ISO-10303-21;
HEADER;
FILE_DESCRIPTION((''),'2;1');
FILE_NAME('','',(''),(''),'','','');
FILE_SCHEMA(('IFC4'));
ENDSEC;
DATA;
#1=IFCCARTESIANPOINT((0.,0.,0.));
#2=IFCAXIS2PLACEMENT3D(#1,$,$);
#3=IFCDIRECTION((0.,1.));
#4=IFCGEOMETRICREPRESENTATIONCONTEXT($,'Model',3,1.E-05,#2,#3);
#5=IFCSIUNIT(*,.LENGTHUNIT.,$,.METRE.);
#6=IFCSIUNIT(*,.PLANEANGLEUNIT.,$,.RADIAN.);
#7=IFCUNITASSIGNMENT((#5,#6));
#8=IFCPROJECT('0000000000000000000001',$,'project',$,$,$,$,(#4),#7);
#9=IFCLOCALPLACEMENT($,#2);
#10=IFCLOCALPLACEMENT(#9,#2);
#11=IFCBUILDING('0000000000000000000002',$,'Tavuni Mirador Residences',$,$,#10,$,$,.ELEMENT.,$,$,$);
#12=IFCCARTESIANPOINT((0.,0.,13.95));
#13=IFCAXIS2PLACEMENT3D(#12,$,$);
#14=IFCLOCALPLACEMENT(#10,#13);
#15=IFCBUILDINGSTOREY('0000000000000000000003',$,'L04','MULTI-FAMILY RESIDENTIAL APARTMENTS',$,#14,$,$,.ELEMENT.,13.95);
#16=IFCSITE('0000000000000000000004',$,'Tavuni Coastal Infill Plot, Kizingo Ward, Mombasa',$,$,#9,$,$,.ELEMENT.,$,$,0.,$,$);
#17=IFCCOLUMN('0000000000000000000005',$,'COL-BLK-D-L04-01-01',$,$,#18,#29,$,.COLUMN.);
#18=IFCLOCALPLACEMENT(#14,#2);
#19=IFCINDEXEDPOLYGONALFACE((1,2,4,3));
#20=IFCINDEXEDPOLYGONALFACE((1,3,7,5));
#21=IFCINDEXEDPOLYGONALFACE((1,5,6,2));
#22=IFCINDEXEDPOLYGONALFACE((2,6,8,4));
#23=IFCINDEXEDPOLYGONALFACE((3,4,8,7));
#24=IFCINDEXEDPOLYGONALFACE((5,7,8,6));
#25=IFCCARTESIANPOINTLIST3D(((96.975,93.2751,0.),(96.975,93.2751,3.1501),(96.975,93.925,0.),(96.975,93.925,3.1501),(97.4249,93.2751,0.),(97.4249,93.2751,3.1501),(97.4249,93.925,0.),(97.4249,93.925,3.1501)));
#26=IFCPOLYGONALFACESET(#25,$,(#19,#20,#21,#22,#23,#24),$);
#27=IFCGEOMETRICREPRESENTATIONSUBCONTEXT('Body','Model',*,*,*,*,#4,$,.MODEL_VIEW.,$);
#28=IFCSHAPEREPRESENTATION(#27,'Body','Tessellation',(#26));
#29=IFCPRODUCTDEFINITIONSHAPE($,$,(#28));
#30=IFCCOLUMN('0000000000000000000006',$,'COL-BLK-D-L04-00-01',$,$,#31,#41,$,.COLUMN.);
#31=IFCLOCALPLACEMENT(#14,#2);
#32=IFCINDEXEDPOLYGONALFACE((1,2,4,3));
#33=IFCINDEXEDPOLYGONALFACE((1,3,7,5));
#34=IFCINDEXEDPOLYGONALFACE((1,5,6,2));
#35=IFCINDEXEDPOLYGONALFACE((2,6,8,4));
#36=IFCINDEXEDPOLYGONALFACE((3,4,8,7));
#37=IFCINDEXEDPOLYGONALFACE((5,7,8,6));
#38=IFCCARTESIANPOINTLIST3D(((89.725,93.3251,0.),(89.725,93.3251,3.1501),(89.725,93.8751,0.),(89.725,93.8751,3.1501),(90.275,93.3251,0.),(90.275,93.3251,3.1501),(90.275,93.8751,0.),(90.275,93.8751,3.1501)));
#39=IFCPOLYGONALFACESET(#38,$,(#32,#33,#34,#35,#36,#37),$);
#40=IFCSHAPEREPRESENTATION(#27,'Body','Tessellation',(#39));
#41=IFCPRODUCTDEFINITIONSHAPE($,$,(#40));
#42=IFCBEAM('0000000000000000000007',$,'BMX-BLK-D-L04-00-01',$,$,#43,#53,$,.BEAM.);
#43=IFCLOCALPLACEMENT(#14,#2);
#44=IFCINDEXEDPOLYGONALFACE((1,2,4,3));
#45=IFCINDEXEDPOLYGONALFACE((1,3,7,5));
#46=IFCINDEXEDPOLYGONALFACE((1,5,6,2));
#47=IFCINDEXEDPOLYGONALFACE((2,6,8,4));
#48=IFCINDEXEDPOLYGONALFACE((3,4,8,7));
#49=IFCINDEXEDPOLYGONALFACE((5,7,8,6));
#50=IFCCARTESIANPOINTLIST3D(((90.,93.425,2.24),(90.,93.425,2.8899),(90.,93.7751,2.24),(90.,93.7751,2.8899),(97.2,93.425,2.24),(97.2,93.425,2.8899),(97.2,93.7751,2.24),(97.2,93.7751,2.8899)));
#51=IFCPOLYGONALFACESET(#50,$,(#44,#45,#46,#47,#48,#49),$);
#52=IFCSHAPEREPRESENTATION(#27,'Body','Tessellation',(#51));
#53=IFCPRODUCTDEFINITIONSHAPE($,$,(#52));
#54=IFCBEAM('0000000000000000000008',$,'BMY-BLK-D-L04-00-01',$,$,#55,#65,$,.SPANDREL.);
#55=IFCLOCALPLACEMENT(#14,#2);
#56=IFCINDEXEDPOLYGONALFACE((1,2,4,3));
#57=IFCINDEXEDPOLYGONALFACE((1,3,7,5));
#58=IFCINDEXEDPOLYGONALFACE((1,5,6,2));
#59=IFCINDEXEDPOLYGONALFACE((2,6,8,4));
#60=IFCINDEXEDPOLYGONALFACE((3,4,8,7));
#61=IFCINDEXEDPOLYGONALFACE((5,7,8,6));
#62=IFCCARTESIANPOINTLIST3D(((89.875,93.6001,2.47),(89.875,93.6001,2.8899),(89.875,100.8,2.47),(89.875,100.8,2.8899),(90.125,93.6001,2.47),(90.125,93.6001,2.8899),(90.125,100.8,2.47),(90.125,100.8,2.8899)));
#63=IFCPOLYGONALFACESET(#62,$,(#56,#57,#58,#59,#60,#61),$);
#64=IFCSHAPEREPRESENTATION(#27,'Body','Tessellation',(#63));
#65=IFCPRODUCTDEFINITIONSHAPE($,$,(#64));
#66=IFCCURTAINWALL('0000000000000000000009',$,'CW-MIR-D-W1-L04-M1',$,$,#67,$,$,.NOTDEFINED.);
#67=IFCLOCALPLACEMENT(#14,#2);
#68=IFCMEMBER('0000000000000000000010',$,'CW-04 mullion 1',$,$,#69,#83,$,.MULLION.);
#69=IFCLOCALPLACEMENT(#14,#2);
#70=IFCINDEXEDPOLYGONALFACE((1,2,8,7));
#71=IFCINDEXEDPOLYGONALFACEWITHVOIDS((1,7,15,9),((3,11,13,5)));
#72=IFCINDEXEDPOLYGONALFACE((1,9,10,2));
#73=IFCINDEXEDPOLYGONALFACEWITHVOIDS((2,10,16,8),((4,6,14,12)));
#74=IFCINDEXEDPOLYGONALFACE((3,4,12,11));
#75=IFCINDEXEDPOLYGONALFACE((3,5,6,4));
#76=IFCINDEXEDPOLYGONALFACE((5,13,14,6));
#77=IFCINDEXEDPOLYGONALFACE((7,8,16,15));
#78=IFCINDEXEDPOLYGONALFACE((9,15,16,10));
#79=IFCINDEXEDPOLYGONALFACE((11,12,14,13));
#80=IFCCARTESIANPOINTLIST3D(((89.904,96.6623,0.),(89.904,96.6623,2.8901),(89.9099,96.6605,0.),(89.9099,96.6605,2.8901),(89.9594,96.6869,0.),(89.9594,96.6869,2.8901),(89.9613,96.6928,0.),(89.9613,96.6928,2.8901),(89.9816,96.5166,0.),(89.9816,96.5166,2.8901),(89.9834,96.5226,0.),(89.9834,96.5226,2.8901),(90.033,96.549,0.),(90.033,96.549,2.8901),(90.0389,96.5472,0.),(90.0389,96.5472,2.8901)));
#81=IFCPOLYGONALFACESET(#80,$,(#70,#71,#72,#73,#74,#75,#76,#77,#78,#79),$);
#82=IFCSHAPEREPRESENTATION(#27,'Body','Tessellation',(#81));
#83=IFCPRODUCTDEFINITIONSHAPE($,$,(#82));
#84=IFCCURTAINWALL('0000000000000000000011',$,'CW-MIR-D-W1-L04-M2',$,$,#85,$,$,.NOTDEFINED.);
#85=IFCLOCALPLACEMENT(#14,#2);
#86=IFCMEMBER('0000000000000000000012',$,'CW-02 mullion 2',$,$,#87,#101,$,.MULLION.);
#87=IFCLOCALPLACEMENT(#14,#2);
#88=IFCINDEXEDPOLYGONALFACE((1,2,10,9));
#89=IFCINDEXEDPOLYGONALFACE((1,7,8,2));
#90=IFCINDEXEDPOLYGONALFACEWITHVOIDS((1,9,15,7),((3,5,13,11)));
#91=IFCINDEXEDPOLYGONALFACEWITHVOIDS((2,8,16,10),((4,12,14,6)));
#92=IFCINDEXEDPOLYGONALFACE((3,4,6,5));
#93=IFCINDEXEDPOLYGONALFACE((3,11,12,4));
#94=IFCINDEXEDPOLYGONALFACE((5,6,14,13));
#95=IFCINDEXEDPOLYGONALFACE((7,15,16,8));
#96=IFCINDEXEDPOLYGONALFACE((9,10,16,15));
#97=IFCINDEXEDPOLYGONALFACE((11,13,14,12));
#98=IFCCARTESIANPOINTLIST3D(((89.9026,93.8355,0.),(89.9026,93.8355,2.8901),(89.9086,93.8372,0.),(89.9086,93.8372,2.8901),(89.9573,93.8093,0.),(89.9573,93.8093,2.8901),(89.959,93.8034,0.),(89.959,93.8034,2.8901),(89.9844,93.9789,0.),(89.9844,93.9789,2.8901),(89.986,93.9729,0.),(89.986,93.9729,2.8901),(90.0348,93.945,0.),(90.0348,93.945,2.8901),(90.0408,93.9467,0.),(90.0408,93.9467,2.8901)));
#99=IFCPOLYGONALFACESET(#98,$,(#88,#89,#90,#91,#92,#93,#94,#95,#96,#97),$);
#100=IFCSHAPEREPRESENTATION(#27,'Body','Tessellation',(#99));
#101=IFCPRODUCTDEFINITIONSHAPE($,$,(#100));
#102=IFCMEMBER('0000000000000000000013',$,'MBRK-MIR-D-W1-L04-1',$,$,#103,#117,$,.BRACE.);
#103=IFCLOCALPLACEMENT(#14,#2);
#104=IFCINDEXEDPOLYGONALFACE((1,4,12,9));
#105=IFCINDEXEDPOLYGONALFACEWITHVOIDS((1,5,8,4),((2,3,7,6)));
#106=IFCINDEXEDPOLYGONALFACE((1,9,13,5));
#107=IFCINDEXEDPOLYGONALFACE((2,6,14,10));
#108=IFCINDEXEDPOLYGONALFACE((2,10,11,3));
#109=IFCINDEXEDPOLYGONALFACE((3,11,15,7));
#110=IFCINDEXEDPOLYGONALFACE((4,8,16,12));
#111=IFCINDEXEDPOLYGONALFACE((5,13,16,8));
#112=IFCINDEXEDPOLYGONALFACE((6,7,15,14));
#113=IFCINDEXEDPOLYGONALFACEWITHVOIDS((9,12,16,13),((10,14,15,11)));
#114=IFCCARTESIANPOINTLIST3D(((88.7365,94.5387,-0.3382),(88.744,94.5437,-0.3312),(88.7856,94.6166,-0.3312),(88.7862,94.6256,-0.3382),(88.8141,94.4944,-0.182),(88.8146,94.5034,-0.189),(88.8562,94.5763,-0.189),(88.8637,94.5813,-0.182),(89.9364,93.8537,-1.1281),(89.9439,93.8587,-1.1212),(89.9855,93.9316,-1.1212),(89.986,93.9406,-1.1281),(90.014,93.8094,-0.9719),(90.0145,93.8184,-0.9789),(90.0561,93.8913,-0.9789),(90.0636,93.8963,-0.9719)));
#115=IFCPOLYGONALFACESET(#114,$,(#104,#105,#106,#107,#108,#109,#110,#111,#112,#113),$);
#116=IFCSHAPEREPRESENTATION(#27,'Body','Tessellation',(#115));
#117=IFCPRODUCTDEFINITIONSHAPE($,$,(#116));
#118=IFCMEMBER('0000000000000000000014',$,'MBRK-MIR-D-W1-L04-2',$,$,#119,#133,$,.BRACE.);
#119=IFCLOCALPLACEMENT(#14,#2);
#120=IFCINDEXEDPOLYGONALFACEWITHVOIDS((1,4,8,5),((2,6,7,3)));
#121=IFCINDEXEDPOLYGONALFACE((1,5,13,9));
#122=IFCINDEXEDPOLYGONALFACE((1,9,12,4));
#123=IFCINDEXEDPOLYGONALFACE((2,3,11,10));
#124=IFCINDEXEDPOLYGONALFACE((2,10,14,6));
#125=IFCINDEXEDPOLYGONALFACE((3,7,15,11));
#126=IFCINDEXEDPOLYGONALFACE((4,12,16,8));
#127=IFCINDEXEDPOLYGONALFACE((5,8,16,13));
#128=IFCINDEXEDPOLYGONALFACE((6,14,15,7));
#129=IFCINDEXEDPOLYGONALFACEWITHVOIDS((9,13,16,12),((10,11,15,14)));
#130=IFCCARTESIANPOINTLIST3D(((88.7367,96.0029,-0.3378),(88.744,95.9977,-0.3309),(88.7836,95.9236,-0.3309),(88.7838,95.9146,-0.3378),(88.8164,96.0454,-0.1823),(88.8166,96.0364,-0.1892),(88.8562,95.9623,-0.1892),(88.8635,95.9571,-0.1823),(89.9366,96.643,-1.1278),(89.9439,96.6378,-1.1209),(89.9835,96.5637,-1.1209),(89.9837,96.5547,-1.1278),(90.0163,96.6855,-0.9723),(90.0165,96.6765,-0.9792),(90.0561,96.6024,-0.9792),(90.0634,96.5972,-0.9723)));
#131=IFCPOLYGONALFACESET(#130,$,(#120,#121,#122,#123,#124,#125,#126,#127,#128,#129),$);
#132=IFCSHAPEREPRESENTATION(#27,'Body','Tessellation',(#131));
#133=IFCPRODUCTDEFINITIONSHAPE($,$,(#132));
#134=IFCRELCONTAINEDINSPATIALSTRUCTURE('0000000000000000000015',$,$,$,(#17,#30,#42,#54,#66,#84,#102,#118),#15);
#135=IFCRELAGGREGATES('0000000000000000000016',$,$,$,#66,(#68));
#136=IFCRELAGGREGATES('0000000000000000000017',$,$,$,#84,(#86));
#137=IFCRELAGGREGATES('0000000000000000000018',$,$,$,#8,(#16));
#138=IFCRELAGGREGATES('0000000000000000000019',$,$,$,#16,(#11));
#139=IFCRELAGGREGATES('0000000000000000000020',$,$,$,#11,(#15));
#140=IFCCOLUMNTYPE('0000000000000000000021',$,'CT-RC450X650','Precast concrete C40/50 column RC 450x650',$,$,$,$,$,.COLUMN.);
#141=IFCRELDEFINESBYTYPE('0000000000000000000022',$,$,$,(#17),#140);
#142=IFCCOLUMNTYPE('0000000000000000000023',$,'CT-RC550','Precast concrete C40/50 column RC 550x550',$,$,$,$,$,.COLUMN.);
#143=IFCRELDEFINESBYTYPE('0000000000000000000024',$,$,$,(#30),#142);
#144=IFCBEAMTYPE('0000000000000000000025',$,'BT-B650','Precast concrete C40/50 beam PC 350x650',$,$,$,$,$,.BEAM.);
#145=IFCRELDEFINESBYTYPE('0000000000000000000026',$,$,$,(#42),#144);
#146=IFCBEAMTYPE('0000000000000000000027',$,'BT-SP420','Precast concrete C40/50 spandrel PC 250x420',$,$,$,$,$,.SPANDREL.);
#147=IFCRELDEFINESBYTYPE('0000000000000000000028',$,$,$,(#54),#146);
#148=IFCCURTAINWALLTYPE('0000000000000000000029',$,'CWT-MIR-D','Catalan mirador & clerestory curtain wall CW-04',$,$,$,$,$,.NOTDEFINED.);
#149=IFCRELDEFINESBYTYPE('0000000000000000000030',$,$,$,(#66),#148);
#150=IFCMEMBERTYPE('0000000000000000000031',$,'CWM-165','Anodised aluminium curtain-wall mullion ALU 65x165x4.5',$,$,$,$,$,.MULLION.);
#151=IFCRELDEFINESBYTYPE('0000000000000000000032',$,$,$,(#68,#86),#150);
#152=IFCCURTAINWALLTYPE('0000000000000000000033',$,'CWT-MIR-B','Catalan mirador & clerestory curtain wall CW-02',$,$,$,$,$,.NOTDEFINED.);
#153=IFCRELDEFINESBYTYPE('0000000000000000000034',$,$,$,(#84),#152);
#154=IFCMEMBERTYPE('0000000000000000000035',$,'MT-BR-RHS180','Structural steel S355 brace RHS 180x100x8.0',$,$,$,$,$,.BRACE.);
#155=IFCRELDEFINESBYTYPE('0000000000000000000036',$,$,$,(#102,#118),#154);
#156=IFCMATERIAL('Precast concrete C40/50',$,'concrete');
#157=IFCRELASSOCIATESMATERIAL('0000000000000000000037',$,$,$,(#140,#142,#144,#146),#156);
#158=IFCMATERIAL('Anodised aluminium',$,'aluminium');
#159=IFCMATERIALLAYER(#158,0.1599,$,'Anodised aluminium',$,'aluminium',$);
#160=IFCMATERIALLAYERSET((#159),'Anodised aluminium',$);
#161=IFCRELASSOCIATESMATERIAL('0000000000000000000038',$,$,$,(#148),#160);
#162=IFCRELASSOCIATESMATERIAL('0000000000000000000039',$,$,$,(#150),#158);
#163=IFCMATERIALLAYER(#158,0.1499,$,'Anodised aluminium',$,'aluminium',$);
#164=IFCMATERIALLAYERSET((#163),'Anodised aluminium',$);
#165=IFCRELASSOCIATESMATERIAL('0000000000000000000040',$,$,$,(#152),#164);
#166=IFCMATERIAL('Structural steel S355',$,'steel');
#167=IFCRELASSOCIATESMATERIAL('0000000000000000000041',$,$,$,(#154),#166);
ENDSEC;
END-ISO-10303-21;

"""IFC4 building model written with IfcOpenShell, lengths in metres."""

from ifc_helpers import new_model, si_unit, direction, frame, origin, origin_2d, place, context, subcontext, project, spatial, rectangle, hollow_rectangle, extrude, material, layer, layer_set, material_profile, profile_set, type_object, element, aggregate, save


model = new_model("IFC4")

# Units and contexts
model_context = context("Model", 3, precision=1e-05, world=origin(), true_north=direction((0.0, 1.0)))
body_context = subcontext(model_context, "Body", "Model", "MODEL_VIEW")
ifc_project = project(units=[si_unit("LENGTHUNIT", "METRE"), si_unit("PLANEANGLEUNIT", "RADIAN")], contexts=[model_context])

# Site, building, storey
site_placement = place(None, origin())
site = spatial("IfcSite", under=ifc_project, at=site_placement, Name="Tavuni Coastal Infill Plot, Kizingo Ward, Mombasa", CompositionType="ELEMENT", RefElevation=0.0)
building_placement = place(site_placement, origin())
building = spatial("IfcBuilding", under=site, at=building_placement, Name="Tavuni Mirador Residences", CompositionType="ELEMENT")
storey_placement = place(building_placement, frame((0.0, 0.0, 13.95)))
storey = spatial("IfcBuildingStorey", under=building, at=storey_placement, Name="L04", Description="MULTI-FAMILY RESIDENTIAL APARTMENTS", CompositionType="ELEMENT", Elevation=13.95)

# Columns
ifc_material_1 = material(Name="Precast concrete C40/50", Category="concrete")
ifc_material_profile_1 = material_profile(ifc_material_1, rectangle(XDim=0.45, YDim=0.6499, at=origin_2d()), Name="RC 450x650", Category="concrete")
ifc_profile_set_1 = profile_set([ifc_material_profile_1], Name="Precast concrete C40/50")
column_type_1 = type_object("IfcColumnType", Name="CT-RC450X650", Description="Precast concrete C40/50 column RC 450x650", PredefinedType="COLUMN", material=ifc_profile_set_1)
column_1_placement = place(storey_placement, frame((97.2, 93.6001, 0.0), z_axis=(0.0, 0.0, 1.0), x_axis=(1.0, 0.0, 0.0)))
element("IfcColumn", 1, at=column_1_placement, inside=storey, type_object=column_type_1, Name="COL-BLK-D-L04-01-01", PredefinedType="COLUMN", context=body_context, shape_type="SweptSolid", body=[
    extrude(rectangle(XDim=0.45, YDim=0.6499, at=origin_2d()), origin(), (0.0, 0.0, 1.0), 3.1501),
])
ifc_material_profile_2 = material_profile(ifc_material_1, rectangle(XDim=0.55, YDim=0.55, at=origin_2d()), Name="RC 550x550", Category="concrete")
ifc_profile_set_2 = profile_set([ifc_material_profile_2], Name="Precast concrete C40/50")
column_type_2 = type_object("IfcColumnType", Name="CT-RC550", Description="Precast concrete C40/50 column RC 550x550", PredefinedType="COLUMN", material=ifc_profile_set_2)
column_2_placement = place(storey_placement, frame((90.0, 93.6001, 0.0), z_axis=(0.0, 0.0, 1.0), x_axis=(1.0, 0.0, 0.0)))
element("IfcColumn", 2, at=column_2_placement, inside=storey, type_object=column_type_2, Name="COL-BLK-D-L04-00-01", PredefinedType="COLUMN", context=body_context, shape_type="SweptSolid", body=[
    extrude(rectangle(XDim=0.55, YDim=0.55, at=origin_2d()), origin(), (0.0, 0.0, 1.0), 3.1501),
])

# Beams
ifc_material_profile_3 = material_profile(ifc_material_1, rectangle(XDim=0.3501, YDim=0.6499, at=origin_2d()), Name="PC 350x650", Category="concrete")
ifc_profile_set_3 = profile_set([ifc_material_profile_3], Name="Precast concrete C40/50")
beam_type_1 = type_object("IfcBeamType", Name="BT-B650", Description="Precast concrete C40/50 beam PC 350x650", PredefinedType="BEAM", material=ifc_profile_set_3)
beam_1_placement = place(storey_placement, frame((90.0, 93.6001, 2.5649), z_axis=(1.0, 0.0, 0.0), x_axis=(0.0, 1.0, 0.0)))
element("IfcBeam", 3, at=beam_1_placement, inside=storey, type_object=beam_type_1, Name="BMX-BLK-D-L04-00-01", PredefinedType="BEAM", context=body_context, shape_type="SweptSolid", body=[
    extrude(rectangle(XDim=0.3501, YDim=0.6499, at=origin_2d()), origin(), (0.0, 0.0, 1.0), 7.2),
])
ifc_material_profile_4 = material_profile(ifc_material_1, rectangle(XDim=0.25, YDim=0.4199, at=origin_2d()), Name="PC 250x420", Category="concrete")
ifc_profile_set_4 = profile_set([ifc_material_profile_4], Name="Precast concrete C40/50")
beam_type_2 = type_object("IfcBeamType", Name="BT-SP420", Description="Precast concrete C40/50 spandrel PC 250x420", PredefinedType="SPANDREL", material=ifc_profile_set_4)
beam_2_placement = place(storey_placement, frame((90.0, 93.6001, 2.6799), z_axis=(0.0, 1.0, 0.0), x_axis=(-1.0, 0.0, 0.0)))
element("IfcBeam", 4, at=beam_2_placement, inside=storey, type_object=beam_type_2, Name="BMY-BLK-D-L04-00-01", PredefinedType="SPANDREL", context=body_context, shape_type="SweptSolid", body=[
    extrude(rectangle(XDim=0.25, YDim=0.4199, at=origin_2d()), origin(), (0.0, 0.0, 1.0), 7.2),
])

# Curtain walls, members
ifc_material_2 = material(Name="Anodised aluminium", Category="aluminium")
ifc_layer_1 = layer(ifc_material_2, 0.1599, Name="Anodised aluminium", Category="aluminium")
ifc_layer_set_1 = layer_set([ifc_layer_1], Name="Anodised aluminium")
curtain_wall_type_1 = type_object("IfcCurtainWallType", Name="CWT-MIR-D", Description="Catalan mirador & clerestory curtain wall CW-04", PredefinedType="NOTDEFINED", material=ifc_layer_set_1)
curtain_wall_1_placement = place(storey_placement, origin())
curtain_wall_1 = element("IfcCurtainWall", 5, at=curtain_wall_1_placement, inside=storey, type_object=curtain_wall_type_1, Name="CW-MIR-D-W1-L04-M1", PredefinedType="NOTDEFINED")
ifc_material_profile_5 = material_profile(ifc_material_2, hollow_rectangle(XDim=0.0649, YDim=0.165, WallThickness=0.0044, at=origin_2d()), Name="ALU 65x165x4.5", Category="aluminium")
ifc_profile_set_5 = profile_set([ifc_material_profile_5], Name="Anodised aluminium")
member_type_1 = type_object("IfcMemberType", Name="CWM-165", Description="Anodised aluminium curtain-wall mullion ALU 65x165x4.5", PredefinedType="MULLION", material=ifc_profile_set_5)
member_1_placement = place(storey_placement, frame((89.9714, 96.6047, 0.0), z_axis=(0.0, 0.0, 1.0), x_axis=(-0.882353, -0.470588, 0.0)))
member_1 = element("IfcMember", 6, at=member_1_placement, type_object=member_type_1, Name="CW-04 mullion 1", PredefinedType="MULLION", context=body_context, shape_type="SweptSolid", body=[
    extrude(hollow_rectangle(XDim=0.0649, YDim=0.165, WallThickness=0.0044, at=origin_2d()), origin(), (0.0, 0.0, 1.0), 2.8901),
])
aggregate(curtain_wall_1, [member_1])
ifc_layer_2 = layer(ifc_material_2, 0.1499, Name="Anodised aluminium", Category="aluminium")
ifc_layer_set_2 = layer_set([ifc_layer_2], Name="Anodised aluminium")
curtain_wall_type_2 = type_object("IfcCurtainWallType", Name="CWT-MIR-B", Description="Catalan mirador & clerestory curtain wall CW-02", PredefinedType="NOTDEFINED", material=ifc_layer_set_2)
curtain_wall_2_placement = place(storey_placement, origin())
curtain_wall_2 = element("IfcCurtainWall", 7, at=curtain_wall_2_placement, inside=storey, type_object=curtain_wall_type_2, Name="CW-MIR-D-W1-L04-M2", PredefinedType="NOTDEFINED")
member_2_placement = place(storey_placement, frame((89.9717, 93.8911, 0.0), z_axis=(0.0, 0.0, 1.0), x_axis=(0.868466, -0.495749, 0.0)))
member_2 = element("IfcMember", 8, at=member_2_placement, type_object=member_type_1, Name="CW-02 mullion 2", PredefinedType="MULLION", context=body_context, shape_type="SweptSolid", body=[
    extrude(hollow_rectangle(XDim=0.0649, YDim=0.165, WallThickness=0.0044, at=origin_2d()), origin(), (0.0, 0.0, 1.0), 2.8901),
])
aggregate(curtain_wall_2, [member_2])

# Members
ifc_material_3 = material(Name="Structural steel S355", Category="steel")
ifc_material_profile_6 = material_profile(ifc_material_3, hollow_rectangle(XDim=0.1001, YDim=0.1799, WallThickness=0.0081, at=origin_2d()), Name="RHS 180x100x8.0", Category="steel")
ifc_profile_set_6 = profile_set([ifc_material_profile_6], Name="Structural steel S355")
member_type_2 = type_object("IfcMemberType", Name="MT-BR-RHS180", Description="Structural steel S355 brace RHS 180x100x8.0", PredefinedType="BRACE", material=ifc_profile_set_6)
member_3_placement = place(storey_placement, frame((90.0, 93.875, -1.05), z_axis=(-0.753904, 0.430408, 0.496365), x_axis=(-0.495796, -0.868439, 0.0)))
element("IfcMember", 9, at=member_3_placement, inside=storey, type_object=member_type_2, Name="MBRK-MIR-D-W1-L04-1", PredefinedType="BRACE", context=body_context, shape_type="SweptSolid", body=[
    extrude(hollow_rectangle(XDim=0.1001, YDim=0.1799, WallThickness=0.0081, at=origin_2d()), origin(), (0.0, 0.0, 1.0), 1.5916),
])
member_4_placement = place(storey_placement, frame((90.0, 96.6201, -1.05), z_axis=(-0.762921, -0.406995, 0.502302), x_axis=(0.470681, -0.882303, 0.0)))
element("IfcMember", 10, at=member_4_placement, inside=storey, type_object=member_type_2, Name="MBRK-MIR-D-W1-L04-2", PredefinedType="BRACE", context=body_context, shape_type="SweptSolid", body=[
    extrude(hollow_rectangle(XDim=0.1001, YDim=0.1799, WallThickness=0.0081, at=origin_2d()), origin(), (0.0, 0.0, 1.0), 1.5728),
])

save(model, "model.ifc")
